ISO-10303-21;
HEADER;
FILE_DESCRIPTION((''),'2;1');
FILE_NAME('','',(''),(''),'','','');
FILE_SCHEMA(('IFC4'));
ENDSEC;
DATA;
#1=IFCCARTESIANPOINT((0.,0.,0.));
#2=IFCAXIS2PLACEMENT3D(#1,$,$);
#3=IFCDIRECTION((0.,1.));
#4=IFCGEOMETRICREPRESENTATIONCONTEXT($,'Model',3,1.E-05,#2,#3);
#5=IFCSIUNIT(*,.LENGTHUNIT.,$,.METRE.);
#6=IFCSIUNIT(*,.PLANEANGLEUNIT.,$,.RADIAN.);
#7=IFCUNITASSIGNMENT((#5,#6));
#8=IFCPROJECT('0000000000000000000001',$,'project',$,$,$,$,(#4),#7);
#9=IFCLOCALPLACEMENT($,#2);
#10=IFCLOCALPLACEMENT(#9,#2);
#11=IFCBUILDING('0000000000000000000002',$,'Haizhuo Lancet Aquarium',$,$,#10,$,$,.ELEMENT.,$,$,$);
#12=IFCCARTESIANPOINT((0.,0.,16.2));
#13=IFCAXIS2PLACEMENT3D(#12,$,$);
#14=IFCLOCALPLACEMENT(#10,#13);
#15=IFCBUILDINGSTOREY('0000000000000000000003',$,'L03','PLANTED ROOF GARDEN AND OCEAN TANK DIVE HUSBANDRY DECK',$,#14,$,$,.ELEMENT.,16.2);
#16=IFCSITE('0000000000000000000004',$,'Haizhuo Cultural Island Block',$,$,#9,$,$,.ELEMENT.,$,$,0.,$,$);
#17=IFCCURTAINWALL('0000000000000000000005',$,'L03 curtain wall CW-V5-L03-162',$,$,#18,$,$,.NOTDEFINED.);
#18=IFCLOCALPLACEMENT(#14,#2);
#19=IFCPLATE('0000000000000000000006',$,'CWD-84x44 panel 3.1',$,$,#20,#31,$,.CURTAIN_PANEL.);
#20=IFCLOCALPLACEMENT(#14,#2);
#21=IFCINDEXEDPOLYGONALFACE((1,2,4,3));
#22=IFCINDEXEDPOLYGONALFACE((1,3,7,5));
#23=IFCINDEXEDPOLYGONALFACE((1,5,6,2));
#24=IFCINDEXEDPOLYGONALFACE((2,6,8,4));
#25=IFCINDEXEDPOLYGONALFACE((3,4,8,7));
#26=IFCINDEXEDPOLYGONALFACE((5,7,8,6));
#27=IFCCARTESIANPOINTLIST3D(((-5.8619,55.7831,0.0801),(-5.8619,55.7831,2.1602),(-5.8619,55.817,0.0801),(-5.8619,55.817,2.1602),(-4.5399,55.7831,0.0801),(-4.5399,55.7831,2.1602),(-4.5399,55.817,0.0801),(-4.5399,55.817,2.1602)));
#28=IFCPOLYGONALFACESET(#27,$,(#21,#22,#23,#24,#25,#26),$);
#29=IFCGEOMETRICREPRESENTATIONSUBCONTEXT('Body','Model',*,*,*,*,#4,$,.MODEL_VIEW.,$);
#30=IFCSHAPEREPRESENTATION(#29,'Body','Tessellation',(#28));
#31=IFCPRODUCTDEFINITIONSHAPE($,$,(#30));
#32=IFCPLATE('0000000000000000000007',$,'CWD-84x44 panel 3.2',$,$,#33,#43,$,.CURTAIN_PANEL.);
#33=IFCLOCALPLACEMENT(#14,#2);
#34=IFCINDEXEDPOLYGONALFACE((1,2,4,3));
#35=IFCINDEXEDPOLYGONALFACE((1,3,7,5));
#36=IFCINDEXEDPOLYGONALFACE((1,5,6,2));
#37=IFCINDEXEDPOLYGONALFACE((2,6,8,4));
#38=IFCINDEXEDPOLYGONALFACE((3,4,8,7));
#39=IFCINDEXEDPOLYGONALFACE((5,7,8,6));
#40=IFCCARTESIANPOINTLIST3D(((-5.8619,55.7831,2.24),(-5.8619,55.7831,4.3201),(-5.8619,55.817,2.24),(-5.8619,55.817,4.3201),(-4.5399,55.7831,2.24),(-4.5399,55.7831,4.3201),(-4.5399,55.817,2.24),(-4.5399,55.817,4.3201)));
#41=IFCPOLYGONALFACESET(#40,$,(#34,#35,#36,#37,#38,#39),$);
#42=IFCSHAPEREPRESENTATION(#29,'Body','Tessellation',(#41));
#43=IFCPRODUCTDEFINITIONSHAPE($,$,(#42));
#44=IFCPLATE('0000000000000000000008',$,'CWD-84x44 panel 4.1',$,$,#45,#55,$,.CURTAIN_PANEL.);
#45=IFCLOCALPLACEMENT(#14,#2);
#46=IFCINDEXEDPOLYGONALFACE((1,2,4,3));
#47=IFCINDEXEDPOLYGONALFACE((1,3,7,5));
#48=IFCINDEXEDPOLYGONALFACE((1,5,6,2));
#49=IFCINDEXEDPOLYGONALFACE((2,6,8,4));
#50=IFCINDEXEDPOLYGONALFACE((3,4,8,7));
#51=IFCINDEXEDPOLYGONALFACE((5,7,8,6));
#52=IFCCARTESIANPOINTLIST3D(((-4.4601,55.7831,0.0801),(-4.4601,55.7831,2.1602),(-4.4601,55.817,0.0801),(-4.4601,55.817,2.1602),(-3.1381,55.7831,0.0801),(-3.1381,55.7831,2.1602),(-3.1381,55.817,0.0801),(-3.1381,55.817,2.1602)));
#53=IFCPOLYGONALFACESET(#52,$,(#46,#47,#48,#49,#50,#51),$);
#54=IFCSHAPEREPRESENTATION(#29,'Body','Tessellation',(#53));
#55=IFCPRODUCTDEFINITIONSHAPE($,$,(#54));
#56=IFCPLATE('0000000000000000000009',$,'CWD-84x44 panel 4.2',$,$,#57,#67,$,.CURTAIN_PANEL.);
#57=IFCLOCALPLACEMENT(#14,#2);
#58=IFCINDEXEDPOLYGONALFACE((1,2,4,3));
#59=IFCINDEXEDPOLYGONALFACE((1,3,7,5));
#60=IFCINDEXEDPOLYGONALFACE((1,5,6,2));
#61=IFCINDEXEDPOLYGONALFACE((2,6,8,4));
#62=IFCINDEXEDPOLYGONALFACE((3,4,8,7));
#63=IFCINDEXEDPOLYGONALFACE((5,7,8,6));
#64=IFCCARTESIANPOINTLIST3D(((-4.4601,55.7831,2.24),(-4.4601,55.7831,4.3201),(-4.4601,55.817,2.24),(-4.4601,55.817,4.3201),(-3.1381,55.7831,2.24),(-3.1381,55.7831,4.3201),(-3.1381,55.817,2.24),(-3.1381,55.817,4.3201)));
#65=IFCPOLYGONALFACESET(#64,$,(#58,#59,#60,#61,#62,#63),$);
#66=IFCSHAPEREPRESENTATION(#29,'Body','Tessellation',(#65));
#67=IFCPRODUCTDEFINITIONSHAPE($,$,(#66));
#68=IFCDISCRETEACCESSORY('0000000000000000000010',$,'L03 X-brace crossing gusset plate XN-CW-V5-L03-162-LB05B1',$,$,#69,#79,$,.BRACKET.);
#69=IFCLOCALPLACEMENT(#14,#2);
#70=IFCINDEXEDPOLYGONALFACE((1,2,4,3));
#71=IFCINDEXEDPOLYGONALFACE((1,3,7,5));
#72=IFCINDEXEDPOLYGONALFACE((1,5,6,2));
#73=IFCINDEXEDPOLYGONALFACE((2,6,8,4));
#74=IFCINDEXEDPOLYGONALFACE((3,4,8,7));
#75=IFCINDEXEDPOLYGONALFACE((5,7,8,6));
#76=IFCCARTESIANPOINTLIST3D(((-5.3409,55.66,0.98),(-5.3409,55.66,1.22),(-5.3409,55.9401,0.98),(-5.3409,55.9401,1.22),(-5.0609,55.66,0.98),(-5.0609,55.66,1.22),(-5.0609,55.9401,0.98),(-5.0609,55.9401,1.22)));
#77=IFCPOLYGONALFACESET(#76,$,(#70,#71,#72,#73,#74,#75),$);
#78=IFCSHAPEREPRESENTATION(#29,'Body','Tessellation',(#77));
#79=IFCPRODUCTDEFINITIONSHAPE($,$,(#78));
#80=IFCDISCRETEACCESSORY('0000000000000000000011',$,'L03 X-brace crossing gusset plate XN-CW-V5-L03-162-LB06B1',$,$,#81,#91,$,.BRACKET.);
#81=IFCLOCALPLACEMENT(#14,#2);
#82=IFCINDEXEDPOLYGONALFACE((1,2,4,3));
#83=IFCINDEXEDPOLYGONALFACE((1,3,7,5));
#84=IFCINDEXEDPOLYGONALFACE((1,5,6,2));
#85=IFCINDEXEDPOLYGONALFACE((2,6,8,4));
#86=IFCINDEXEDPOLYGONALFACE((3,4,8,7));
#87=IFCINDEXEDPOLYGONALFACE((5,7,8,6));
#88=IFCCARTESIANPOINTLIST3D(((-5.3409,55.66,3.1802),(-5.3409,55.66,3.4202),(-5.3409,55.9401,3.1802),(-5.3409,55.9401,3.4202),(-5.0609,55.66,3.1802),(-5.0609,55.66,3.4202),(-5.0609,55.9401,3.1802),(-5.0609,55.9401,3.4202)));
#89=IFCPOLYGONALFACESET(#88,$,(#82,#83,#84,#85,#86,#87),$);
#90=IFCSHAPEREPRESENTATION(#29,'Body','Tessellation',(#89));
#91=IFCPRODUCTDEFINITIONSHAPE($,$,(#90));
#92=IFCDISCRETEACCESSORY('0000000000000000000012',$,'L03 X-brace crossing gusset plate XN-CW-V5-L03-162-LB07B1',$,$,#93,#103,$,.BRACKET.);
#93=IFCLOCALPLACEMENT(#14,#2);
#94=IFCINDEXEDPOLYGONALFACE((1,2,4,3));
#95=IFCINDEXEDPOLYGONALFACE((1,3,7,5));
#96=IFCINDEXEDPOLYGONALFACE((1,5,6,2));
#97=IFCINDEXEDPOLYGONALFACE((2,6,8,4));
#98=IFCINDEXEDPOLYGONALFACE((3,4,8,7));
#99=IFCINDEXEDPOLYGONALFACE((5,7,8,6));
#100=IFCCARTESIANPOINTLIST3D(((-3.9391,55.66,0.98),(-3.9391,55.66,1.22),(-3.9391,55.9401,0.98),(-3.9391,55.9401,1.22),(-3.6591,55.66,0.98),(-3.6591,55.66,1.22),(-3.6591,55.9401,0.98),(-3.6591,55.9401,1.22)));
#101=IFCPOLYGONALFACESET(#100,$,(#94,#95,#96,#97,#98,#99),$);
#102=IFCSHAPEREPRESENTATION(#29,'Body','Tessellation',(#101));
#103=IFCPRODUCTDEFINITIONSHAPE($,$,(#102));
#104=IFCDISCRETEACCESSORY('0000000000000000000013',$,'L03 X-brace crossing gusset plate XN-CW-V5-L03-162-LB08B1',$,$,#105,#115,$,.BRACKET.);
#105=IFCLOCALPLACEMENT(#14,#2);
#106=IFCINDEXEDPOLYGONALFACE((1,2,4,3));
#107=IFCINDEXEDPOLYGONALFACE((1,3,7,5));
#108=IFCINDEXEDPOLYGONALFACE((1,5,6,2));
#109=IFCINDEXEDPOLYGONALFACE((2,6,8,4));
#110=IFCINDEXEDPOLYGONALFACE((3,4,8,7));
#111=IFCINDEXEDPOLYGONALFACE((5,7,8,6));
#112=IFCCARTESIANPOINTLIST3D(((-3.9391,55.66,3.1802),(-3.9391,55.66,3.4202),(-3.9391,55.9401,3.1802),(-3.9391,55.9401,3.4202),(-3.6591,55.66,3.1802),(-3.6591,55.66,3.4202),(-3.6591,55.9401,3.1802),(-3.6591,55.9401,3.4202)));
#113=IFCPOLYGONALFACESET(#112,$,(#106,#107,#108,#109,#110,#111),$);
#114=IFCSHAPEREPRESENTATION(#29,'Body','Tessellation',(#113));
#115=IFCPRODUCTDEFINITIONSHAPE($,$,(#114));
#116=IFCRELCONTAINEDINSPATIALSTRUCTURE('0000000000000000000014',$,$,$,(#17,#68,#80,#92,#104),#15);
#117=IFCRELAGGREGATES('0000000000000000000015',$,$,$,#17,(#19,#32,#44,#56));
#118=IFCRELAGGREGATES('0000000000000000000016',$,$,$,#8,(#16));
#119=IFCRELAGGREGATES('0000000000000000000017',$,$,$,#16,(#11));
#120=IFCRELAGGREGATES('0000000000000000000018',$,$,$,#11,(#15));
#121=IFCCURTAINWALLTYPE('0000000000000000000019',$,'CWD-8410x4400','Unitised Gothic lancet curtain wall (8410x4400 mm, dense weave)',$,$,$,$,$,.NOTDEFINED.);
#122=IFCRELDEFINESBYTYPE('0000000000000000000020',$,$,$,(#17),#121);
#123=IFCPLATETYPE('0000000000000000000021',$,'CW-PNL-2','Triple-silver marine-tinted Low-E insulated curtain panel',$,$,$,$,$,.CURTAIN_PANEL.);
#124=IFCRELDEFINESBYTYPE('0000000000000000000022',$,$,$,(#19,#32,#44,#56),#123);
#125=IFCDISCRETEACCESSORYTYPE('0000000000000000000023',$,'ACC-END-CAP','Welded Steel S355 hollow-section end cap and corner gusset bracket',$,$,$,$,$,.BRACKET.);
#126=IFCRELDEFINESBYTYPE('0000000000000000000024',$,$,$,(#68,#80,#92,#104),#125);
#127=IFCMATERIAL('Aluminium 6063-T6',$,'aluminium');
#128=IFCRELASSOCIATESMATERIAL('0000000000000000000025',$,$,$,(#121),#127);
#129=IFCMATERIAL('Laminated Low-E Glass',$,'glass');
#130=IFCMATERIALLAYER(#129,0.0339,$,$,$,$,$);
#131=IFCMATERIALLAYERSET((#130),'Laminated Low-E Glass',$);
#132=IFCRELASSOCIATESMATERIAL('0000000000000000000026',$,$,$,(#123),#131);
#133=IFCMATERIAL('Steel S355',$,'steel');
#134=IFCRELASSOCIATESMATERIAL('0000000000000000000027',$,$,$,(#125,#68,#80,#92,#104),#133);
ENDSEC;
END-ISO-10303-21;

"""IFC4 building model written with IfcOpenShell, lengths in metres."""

from ifc_helpers import new_model, si_unit, direction, frame, origin, origin_2d, place, context, subcontext, project, spatial, rectangle, extrude, material, layer, layer_set, type_object, element, aggregate, save


model = new_model("IFC4")

# Units and contexts
model_context = context("Model", 3, precision=1e-05, world=origin(), true_north=direction((0.0, 1.0)))
body_context = subcontext(model_context, "Body", "Model", "MODEL_VIEW")
ifc_project = project(units=[si_unit("LENGTHUNIT", "METRE"), si_unit("PLANEANGLEUNIT", "RADIAN")], contexts=[model_context])

# Site, building, storey
site_placement = place(None, origin())
site = spatial("IfcSite", under=ifc_project, at=site_placement, Name="Haizhuo Cultural Island Block", CompositionType="ELEMENT", RefElevation=0.0)
building_placement = place(site_placement, origin())
building = spatial("IfcBuilding", under=site, at=building_placement, Name="Haizhuo Lancet Aquarium", CompositionType="ELEMENT")
storey_placement = place(building_placement, frame((0.0, 0.0, 16.2)))
storey = spatial("IfcBuildingStorey", under=building, at=storey_placement, Name="L03", Description="PLANTED ROOF GARDEN AND OCEAN TANK DIVE HUSBANDRY DECK", CompositionType="ELEMENT", Elevation=16.2)

# Curtain wall
ifc_material_1 = material(Name="Aluminium 6063-T6", Category="aluminium")
curtain_wall_type = type_object("IfcCurtainWallType", Name="CWD-8410x4400", Description="Unitised Gothic lancet curtain wall (8410x4400 mm, dense weave)", PredefinedType="NOTDEFINED", material=ifc_material_1)
curtain_wall_placement = place(storey_placement, origin())
curtain_wall = element("IfcCurtainWall", 1, at=curtain_wall_placement, inside=storey, type_object=curtain_wall_type, Name="L03 curtain wall CW-V5-L03-162", PredefinedType="NOTDEFINED")

# Shared definitions
ifc_material_2 = material(Name="Steel S355", Category="steel")

# Plates
ifc_material_3 = material(Name="Laminated Low-E Glass", Category="glass")
ifc_layer = layer(ifc_material_3, 0.0339)
ifc_layer_set = layer_set([ifc_layer], Name="Laminated Low-E Glass")
plate_type = type_object("IfcPlateType", Name="CW-PNL-2", Description="Triple-silver marine-tinted Low-E insulated curtain panel", PredefinedType="CURTAIN_PANEL", material=ifc_layer_set)
plate_1_placement = place(storey_placement, frame((-5.2009, 55.8, 0.0801), z_axis=(0.0, 0.0, 1.0), x_axis=(1.0, 0.0, 0.0)))
plate_1 = element("IfcPlate", 2, at=plate_1_placement, type_object=plate_type, Name="CWD-84x44 panel 3.1", PredefinedType="CURTAIN_PANEL", context=body_context, shape_type="SweptSolid", body=[
    extrude(rectangle(XDim=1.322, YDim=0.0339, at=origin_2d()), origin(), (0.0, 0.0, 1.0), 2.0801),
])
plate_2_placement = place(storey_placement, frame((-5.2009, 55.8, 2.24), z_axis=(0.0, 0.0, 1.0), x_axis=(1.0, 0.0, 0.0)))
plate_2 = element("IfcPlate", 3, at=plate_2_placement, type_object=plate_type, Name="CWD-84x44 panel 3.2", PredefinedType="CURTAIN_PANEL", context=body_context, shape_type="SweptSolid", body=[
    extrude(rectangle(XDim=1.322, YDim=0.0339, at=origin_2d()), origin(), (0.0, 0.0, 1.0), 2.0801),
])
plate_3_placement = place(storey_placement, frame((-3.7991, 55.8, 0.0801), z_axis=(0.0, 0.0, 1.0), x_axis=(1.0, 0.0, 0.0)))
plate_3 = element("IfcPlate", 4, at=plate_3_placement, type_object=plate_type, Name="CWD-84x44 panel 4.1", PredefinedType="CURTAIN_PANEL", context=body_context, shape_type="SweptSolid", body=[
    extrude(rectangle(XDim=1.322, YDim=0.0339, at=origin_2d()), origin(), (0.0, 0.0, 1.0), 2.0801),
])
plate_4_placement = place(storey_placement, frame((-3.7991, 55.8, 2.24), z_axis=(0.0, 0.0, 1.0), x_axis=(1.0, 0.0, 0.0)))
plate_4 = element("IfcPlate", 5, at=plate_4_placement, type_object=plate_type, Name="CWD-84x44 panel 4.2", PredefinedType="CURTAIN_PANEL", context=body_context, shape_type="SweptSolid", body=[
    extrude(rectangle(XDim=1.322, YDim=0.0339, at=origin_2d()), origin(), (0.0, 0.0, 1.0), 2.0801),
])
aggregate(curtain_wall, [plate_1, plate_2, plate_3, plate_4])

# Discrete accessories
discrete_accessory_type = type_object("IfcDiscreteAccessoryType", Name="ACC-END-CAP", Description="Welded Steel S355 hollow-section end cap and corner gusset bracket", PredefinedType="BRACKET", material=ifc_material_2)
for number, where, z_axis, x_axis, name in (
    (6, (-5.2009, 55.8, 0.98), (0.0, 0.0, 1.0), (1.0, 0.0, 0.0), "L03 X-brace crossing gusset plate XN-CW-V5-L03-162-LB05B1"),
    (7, (-5.2009, 55.8, 3.1802), (0.0, 0.0, 1.0), (1.0, 0.0, 0.0), "L03 X-brace crossing gusset plate XN-CW-V5-L03-162-LB06B1"),
    (8, (-3.7991, 55.8, 0.98), (0.0, 0.0, 1.0), (1.0, 0.0, 0.0), "L03 X-brace crossing gusset plate XN-CW-V5-L03-162-LB07B1"),
    (9, (-3.7991, 55.8, 3.1802), (0.0, 0.0, 1.0), (1.0, 0.0, 0.0), "L03 X-brace crossing gusset plate XN-CW-V5-L03-162-LB08B1"),
):
    element("IfcDiscreteAccessory", number, at=place(storey_placement, frame(where, z_axis=z_axis, x_axis=x_axis)), inside=storey, type_object=discrete_accessory_type, material=ifc_material_2, Name=name, PredefinedType="BRACKET", context=body_context, shape_type="SweptSolid", body=[
        extrude(rectangle(XDim=0.28, YDim=0.28, at=origin_2d()), origin(), (0.0, 0.0, 1.0), 0.24),
    ])

save(model, "model.ifc")
